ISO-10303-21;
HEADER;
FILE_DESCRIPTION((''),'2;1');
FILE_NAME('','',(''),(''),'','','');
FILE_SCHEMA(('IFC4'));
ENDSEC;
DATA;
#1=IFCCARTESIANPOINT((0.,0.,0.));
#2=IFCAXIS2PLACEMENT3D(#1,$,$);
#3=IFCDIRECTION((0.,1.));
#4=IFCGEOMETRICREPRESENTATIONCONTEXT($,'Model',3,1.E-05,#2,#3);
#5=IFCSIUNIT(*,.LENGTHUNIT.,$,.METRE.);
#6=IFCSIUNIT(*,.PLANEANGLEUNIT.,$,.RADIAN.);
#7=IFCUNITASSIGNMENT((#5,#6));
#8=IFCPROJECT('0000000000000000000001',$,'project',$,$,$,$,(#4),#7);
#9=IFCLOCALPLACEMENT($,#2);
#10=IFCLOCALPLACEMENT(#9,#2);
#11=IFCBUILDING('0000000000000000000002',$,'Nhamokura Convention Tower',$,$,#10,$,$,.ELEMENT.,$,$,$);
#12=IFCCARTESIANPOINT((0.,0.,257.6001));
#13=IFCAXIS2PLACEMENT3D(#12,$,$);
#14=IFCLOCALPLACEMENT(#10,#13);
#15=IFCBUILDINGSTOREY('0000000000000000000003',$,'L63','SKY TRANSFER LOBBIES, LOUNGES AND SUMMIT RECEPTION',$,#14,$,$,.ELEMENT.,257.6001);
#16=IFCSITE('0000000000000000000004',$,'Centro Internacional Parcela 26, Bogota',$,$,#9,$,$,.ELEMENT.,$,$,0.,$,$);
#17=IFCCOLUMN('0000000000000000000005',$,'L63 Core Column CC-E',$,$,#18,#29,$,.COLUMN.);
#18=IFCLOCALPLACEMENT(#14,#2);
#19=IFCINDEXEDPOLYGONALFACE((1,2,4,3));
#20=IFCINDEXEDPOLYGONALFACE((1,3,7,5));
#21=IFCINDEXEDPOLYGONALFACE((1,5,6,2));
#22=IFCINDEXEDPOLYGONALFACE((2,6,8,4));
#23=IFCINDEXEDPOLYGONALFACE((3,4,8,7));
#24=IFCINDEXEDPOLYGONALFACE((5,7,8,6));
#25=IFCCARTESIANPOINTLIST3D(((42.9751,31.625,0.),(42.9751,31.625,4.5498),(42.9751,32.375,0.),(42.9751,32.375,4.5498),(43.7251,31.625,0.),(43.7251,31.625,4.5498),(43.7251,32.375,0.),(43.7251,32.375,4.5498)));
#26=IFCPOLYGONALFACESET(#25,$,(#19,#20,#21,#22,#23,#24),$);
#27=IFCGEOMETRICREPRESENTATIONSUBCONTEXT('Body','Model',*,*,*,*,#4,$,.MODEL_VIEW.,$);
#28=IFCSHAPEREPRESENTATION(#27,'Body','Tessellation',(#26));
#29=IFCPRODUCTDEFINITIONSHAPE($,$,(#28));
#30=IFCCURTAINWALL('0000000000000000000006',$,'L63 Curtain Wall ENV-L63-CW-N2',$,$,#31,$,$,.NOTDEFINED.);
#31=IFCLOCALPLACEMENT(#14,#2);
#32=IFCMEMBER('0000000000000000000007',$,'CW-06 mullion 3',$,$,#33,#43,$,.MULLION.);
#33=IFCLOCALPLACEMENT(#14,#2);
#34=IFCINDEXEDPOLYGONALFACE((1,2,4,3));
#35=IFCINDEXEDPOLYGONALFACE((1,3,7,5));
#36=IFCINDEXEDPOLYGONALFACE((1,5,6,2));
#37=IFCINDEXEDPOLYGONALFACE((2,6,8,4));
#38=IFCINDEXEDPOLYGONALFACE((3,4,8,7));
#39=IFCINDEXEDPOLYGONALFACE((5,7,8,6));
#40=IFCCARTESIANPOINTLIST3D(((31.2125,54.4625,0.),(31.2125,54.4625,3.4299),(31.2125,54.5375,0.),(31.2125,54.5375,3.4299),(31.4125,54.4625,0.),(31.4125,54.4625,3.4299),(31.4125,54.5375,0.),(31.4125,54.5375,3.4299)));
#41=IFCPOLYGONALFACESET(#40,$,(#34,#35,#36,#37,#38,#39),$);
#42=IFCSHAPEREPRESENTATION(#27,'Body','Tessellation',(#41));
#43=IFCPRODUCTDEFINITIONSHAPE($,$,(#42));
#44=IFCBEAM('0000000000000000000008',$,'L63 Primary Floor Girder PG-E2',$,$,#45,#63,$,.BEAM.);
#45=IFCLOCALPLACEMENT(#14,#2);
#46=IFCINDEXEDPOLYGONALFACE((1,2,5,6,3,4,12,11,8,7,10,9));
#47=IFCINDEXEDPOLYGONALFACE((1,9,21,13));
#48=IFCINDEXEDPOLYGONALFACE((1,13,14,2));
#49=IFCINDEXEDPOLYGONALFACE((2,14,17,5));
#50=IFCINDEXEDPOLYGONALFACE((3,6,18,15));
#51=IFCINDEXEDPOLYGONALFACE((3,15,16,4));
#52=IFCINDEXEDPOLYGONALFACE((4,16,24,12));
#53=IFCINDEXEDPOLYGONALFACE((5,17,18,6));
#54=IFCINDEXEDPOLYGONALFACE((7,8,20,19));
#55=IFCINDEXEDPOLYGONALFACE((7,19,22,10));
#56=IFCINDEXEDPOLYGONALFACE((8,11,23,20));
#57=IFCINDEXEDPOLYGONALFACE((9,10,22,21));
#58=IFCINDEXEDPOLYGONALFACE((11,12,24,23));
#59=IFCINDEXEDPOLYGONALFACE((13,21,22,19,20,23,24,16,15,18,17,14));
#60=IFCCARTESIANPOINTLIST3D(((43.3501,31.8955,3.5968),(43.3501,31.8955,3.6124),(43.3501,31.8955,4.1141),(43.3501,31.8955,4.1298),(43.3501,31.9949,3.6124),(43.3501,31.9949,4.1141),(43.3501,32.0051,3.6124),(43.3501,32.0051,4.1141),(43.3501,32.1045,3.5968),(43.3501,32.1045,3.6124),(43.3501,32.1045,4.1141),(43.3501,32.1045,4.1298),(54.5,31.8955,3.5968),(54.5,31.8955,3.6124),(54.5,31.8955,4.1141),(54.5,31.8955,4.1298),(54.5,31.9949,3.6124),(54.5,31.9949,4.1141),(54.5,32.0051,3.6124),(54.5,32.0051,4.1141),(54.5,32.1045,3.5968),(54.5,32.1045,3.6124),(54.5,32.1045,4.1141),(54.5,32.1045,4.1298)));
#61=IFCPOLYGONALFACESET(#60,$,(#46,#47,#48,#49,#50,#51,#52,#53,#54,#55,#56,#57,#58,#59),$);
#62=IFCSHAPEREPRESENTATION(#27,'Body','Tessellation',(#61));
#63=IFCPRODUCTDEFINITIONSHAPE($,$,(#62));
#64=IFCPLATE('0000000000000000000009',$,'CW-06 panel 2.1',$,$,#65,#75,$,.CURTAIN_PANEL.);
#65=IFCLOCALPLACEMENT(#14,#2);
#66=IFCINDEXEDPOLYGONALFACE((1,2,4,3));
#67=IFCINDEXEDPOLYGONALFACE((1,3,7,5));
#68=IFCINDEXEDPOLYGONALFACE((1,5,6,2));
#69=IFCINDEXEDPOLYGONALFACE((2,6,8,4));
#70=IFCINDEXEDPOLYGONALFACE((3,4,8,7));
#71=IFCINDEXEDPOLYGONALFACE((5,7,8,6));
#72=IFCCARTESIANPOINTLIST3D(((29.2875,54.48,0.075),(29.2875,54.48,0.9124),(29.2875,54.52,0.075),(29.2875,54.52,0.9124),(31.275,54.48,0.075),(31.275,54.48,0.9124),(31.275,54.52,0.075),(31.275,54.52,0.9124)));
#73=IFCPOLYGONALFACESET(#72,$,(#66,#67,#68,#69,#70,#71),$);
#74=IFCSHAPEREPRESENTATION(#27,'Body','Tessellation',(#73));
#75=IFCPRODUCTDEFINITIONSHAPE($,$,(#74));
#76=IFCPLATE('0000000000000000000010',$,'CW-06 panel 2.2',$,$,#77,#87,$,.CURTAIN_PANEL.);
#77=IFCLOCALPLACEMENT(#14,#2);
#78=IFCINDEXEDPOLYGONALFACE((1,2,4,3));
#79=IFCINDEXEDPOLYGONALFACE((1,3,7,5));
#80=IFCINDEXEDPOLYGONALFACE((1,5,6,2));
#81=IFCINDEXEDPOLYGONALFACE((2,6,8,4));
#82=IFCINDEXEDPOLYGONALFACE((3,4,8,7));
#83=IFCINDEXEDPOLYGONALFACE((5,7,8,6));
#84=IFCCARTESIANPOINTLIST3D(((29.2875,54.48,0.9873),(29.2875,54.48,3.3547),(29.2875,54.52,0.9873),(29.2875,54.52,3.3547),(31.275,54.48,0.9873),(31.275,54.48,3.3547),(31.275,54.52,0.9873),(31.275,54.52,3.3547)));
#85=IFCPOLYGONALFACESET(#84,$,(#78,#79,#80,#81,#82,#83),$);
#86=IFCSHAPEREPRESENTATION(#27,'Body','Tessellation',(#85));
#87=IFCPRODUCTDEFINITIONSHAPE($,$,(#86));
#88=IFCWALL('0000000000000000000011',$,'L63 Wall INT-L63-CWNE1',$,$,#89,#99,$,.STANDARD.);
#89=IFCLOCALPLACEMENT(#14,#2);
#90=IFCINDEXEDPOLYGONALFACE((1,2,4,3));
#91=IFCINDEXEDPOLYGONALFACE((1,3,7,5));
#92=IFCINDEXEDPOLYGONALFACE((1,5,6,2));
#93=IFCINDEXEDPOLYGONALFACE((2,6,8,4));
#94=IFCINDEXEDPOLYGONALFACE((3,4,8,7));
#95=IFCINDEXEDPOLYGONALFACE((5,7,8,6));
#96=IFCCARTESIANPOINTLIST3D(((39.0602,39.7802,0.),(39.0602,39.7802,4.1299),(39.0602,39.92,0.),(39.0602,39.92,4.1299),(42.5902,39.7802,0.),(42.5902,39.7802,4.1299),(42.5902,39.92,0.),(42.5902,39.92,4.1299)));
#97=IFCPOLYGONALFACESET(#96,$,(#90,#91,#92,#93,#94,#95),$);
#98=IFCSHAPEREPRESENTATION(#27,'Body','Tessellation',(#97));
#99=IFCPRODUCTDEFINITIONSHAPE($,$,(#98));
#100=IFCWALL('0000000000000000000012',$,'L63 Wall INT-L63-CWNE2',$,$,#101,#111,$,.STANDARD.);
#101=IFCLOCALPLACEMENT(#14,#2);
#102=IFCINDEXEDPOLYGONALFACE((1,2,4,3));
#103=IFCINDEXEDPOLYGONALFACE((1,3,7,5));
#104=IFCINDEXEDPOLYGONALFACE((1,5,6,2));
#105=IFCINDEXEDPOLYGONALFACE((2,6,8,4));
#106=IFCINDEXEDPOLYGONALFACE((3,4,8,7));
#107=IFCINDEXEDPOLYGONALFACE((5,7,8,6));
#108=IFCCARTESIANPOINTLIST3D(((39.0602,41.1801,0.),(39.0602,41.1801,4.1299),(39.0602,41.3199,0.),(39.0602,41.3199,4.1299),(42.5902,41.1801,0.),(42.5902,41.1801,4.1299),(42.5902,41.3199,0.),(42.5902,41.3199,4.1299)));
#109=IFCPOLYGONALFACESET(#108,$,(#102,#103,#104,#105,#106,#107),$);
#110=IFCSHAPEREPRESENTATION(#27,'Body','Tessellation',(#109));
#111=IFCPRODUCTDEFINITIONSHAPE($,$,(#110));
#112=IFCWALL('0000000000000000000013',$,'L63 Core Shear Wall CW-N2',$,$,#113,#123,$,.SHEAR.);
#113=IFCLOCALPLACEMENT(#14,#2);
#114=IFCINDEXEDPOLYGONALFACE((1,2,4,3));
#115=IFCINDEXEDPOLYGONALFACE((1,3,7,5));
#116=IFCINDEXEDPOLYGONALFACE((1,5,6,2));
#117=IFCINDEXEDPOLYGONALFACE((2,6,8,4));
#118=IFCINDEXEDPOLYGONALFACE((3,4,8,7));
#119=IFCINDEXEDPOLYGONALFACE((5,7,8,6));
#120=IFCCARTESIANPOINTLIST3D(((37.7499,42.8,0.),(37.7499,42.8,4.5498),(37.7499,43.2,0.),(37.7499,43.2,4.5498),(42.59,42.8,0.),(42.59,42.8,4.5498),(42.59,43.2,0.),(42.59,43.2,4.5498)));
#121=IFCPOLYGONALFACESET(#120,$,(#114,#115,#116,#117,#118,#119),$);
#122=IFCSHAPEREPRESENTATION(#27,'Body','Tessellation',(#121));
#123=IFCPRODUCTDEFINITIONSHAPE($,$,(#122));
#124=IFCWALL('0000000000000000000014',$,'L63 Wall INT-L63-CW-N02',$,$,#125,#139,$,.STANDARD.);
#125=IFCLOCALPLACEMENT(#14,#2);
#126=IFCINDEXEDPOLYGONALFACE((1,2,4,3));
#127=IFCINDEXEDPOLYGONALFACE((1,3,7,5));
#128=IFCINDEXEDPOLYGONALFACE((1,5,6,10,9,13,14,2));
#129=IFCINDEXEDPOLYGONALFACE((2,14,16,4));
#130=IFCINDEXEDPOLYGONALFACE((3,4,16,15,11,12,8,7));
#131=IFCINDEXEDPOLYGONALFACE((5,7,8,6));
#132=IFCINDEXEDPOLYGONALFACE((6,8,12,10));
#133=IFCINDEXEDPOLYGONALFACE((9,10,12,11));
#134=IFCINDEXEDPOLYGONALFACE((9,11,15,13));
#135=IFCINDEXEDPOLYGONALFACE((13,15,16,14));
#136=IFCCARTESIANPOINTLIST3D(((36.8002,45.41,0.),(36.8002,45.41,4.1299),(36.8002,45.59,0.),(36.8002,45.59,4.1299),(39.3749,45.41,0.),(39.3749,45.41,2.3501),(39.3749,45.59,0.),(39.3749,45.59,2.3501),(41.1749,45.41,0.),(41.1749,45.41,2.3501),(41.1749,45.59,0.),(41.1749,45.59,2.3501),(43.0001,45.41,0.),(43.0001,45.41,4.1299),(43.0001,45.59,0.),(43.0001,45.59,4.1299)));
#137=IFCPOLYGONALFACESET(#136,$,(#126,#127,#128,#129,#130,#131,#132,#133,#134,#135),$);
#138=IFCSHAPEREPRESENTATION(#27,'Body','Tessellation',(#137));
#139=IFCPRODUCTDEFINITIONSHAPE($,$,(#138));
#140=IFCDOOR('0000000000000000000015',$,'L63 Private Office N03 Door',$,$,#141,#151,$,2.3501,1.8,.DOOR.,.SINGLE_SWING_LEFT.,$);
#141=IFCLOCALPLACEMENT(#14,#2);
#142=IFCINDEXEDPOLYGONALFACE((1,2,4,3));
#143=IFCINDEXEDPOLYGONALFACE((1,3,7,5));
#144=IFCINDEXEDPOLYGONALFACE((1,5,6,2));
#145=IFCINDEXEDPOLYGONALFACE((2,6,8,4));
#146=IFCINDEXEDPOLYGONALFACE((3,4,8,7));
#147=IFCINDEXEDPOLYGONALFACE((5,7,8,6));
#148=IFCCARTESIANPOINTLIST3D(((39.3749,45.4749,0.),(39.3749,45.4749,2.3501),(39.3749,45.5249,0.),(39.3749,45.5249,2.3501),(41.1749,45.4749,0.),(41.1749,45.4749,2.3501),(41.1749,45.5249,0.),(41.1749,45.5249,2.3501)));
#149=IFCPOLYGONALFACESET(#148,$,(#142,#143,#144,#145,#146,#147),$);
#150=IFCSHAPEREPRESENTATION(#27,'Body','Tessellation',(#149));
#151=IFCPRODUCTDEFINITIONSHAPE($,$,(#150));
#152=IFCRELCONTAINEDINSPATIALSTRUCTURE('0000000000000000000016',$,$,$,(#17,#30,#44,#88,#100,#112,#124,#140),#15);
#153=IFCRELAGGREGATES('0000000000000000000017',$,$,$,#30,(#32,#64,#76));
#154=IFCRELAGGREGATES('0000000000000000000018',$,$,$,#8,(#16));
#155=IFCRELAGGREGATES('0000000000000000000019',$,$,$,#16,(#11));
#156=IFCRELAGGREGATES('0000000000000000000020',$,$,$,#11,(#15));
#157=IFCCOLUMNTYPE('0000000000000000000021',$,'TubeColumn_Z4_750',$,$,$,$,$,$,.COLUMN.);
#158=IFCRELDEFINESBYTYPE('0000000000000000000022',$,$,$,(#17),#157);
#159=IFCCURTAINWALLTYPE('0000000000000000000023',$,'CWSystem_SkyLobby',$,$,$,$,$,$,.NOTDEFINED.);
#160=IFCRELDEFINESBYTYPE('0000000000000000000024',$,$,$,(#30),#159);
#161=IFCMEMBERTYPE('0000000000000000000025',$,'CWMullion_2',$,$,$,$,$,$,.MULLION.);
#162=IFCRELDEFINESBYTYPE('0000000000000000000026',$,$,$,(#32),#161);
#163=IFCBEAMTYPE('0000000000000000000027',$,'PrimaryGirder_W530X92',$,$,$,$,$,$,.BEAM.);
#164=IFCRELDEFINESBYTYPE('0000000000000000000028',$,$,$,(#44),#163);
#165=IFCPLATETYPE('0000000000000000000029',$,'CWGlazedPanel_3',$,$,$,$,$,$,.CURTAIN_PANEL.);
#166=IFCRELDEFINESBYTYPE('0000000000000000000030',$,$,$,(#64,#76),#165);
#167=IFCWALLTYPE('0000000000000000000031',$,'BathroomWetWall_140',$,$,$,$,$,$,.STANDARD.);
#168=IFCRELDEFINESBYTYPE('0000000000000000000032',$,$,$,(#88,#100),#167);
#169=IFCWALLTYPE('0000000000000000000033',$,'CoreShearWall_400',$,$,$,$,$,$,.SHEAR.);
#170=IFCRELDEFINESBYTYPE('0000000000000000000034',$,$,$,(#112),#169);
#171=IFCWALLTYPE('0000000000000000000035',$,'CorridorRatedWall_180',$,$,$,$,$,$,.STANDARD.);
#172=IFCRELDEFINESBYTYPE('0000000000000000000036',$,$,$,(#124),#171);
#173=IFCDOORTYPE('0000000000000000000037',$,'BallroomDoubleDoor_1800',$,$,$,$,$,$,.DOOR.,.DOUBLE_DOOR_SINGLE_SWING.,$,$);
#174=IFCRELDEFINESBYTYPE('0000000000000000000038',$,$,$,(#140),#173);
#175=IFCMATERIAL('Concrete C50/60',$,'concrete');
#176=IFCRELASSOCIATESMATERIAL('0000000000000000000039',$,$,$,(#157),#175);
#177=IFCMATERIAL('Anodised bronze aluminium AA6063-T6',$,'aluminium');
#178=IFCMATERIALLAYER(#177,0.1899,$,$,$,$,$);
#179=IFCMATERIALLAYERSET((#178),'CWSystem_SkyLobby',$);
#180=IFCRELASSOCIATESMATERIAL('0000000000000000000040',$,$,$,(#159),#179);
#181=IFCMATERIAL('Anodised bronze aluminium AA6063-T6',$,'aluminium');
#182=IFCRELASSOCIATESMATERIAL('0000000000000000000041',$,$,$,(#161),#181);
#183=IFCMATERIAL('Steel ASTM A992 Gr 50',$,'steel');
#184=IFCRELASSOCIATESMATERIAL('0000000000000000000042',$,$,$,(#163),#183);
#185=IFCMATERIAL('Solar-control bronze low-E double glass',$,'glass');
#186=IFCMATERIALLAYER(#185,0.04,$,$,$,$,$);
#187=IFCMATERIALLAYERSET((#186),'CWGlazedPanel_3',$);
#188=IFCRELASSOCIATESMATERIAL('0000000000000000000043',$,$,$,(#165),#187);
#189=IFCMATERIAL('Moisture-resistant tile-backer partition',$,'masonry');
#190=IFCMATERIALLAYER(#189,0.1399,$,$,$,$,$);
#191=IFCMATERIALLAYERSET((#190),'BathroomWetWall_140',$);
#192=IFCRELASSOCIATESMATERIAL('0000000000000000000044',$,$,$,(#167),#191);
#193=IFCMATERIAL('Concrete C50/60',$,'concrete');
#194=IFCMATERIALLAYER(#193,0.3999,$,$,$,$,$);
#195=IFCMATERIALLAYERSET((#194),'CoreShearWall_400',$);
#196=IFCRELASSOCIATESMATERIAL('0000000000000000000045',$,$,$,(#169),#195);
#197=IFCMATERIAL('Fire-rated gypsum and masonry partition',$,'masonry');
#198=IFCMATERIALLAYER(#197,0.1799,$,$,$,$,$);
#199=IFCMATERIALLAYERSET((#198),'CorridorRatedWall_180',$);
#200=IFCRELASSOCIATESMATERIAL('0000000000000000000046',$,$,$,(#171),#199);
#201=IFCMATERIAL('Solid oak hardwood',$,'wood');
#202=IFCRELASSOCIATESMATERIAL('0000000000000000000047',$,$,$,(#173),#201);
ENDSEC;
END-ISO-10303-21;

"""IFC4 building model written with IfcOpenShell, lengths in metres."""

from ifc_helpers import new_model, si_unit, direction, frame, frame_2d, origin, origin_2d, place, context, subcontext, project, spatial, rectangle, i_section, extrude, material, layer, layer_set, material_profile, profile_set, type_object, element, fill, aggregate, save


model = new_model("IFC4")

# Units and contexts
model_context = context("Model", 3, precision=1e-05, world=origin(), true_north=direction((0.0, 1.0)))
body_context = subcontext(model_context, "Body", "Model", "MODEL_VIEW")
ifc_project = project(units=[si_unit("LENGTHUNIT", "METRE"), si_unit("PLANEANGLEUNIT", "RADIAN")], contexts=[model_context])

# Site, building, storey
site_placement = place(None, origin())
site = spatial("IfcSite", under=ifc_project, at=site_placement, Name="Centro Internacional Parcela 26, Bogota", CompositionType="ELEMENT", RefElevation=0.0)
building_placement = place(site_placement, origin())
building = spatial("IfcBuilding", under=site, at=building_placement, Name="Nhamokura Convention Tower", CompositionType="ELEMENT")
storey_placement = place(building_placement, frame((0.0, 0.0, 257.6001)))
storey = spatial("IfcBuildingStorey", under=building, at=storey_placement, Name="L63", Description="SKY TRANSFER LOBBIES, LOUNGES AND SUMMIT RECEPTION", CompositionType="ELEMENT", Elevation=257.6001)

# Column
ifc_material_1 = material(Name="Concrete C50/60", Category="concrete")
ifc_material_profile_1 = material_profile(ifc_material_1, rectangle(XDim=0.75, YDim=0.75, at=origin_2d()))
ifc_profile_set_1 = profile_set([ifc_material_profile_1], Name="Concrete C50/60")
column_type = type_object("IfcColumnType", Name="TubeColumn_Z4_750", PredefinedType="COLUMN", material=ifc_profile_set_1)
column_placement = place(storey_placement, frame((43.3501, 32.0, 0.0), z_axis=(0.0, 0.0, 1.0), x_axis=(1.0, 0.0, 0.0)))
element("IfcColumn", 1, at=column_placement, inside=storey, type_object=column_type, Name="L63 Core Column CC-E", PredefinedType="COLUMN", context=body_context, shape_type="SweptSolid", body=[
    extrude(rectangle(XDim=0.75, YDim=0.75, at=origin_2d()), origin(), (0.0, 0.0, 1.0), 4.5498),
])

# Curtain wall, member
ifc_material_2 = material(Name="Anodised bronze aluminium AA6063-T6", Category="aluminium")
ifc_layer_1 = layer(ifc_material_2, 0.1899)
ifc_layer_set_1 = layer_set([ifc_layer_1], Name="CWSystem_SkyLobby")
curtain_wall_type = type_object("IfcCurtainWallType", Name="CWSystem_SkyLobby", PredefinedType="NOTDEFINED", material=ifc_layer_set_1)
curtain_wall_placement = place(storey_placement, origin())
curtain_wall = element("IfcCurtainWall", 2, at=curtain_wall_placement, inside=storey, type_object=curtain_wall_type, Name="L63 Curtain Wall ENV-L63-CW-N2", PredefinedType="NOTDEFINED")
ifc_material_3 = material(Name="Anodised bronze aluminium AA6063-T6", Category="aluminium")
ifc_material_profile_2 = material_profile(ifc_material_3, rectangle(XDim=0.075, YDim=0.2, at=origin_2d()))
ifc_profile_set_2 = profile_set([ifc_material_profile_2], Name="Anodised bronze aluminium AA6063-T6")
member_type = type_object("IfcMemberType", Name="CWMullion_2", PredefinedType="MULLION", material=ifc_profile_set_2)
member_placement = place(storey_placement, frame((31.3125, 54.5, 0.0), z_axis=(0.0, 0.0, 1.0), x_axis=(0.0, 1.0, 0.0)))
member = element("IfcMember", 3, at=member_placement, type_object=member_type, Name="CW-06 mullion 3", PredefinedType="MULLION", context=body_context, shape_type="SweptSolid", body=[
    extrude(rectangle(XDim=0.075, YDim=0.2, at=origin_2d()), origin(), (0.0, 0.0, 1.0), 3.4299),
])

# Beam
ifc_material_4 = material(Name="Steel ASTM A992 Gr 50", Category="steel")
ifc_material_profile_3 = material_profile(ifc_material_4, i_section(OverallWidth=0.209, OverallDepth=0.533, WebThickness=0.0103, FlangeThickness=0.0156, at=origin_2d()))
ifc_profile_set_3 = profile_set([ifc_material_profile_3], Name="Steel ASTM A992 Gr 50")
beam_type = type_object("IfcBeamType", Name="PrimaryGirder_W530X92", PredefinedType="BEAM", material=ifc_profile_set_3)
beam_placement = place(storey_placement, frame((43.3501, 32.0, 3.8633), z_axis=(1.0, 0.0, 0.0), x_axis=(0.0, 1.0, 0.0)))
element("IfcBeam", 4, at=beam_placement, inside=storey, type_object=beam_type, Name="L63 Primary Floor Girder PG-E2", PredefinedType="BEAM", context=body_context, shape_type="SweptSolid", body=[
    extrude(i_section(OverallWidth=0.209, OverallDepth=0.533, WebThickness=0.0103, FlangeThickness=0.0156, at=origin_2d()), origin(), (0.0, 0.0, 1.0), 11.1499),
])

# Plates
ifc_material_5 = material(Name="Solar-control bronze low-E double glass", Category="glass")
ifc_layer_2 = layer(ifc_material_5, 0.04)
ifc_layer_set_2 = layer_set([ifc_layer_2], Name="CWGlazedPanel_3")
plate_type = type_object("IfcPlateType", Name="CWGlazedPanel_3", PredefinedType="CURTAIN_PANEL", material=ifc_layer_set_2)
plate_1_placement = place(storey_placement, frame((30.2812, 54.5, 0.075), z_axis=(0.0, 0.0, 1.0), x_axis=(1.0, 0.0, 0.0)))
plate_1 = element("IfcPlate", 5, at=plate_1_placement, type_object=plate_type, Name="CW-06 panel 2.1", PredefinedType="CURTAIN_PANEL", context=body_context, shape_type="SweptSolid", body=[
    extrude(rectangle(XDim=1.9875, YDim=0.04, at=origin_2d()), origin(), (0.0, 0.0, 1.0), 0.8374),
])
plate_2_placement = place(storey_placement, frame((30.2812, 54.5, 0.9873), z_axis=(0.0, 0.0, 1.0), x_axis=(1.0, 0.0, 0.0)))
plate_2 = element("IfcPlate", 6, at=plate_2_placement, type_object=plate_type, Name="CW-06 panel 2.2", PredefinedType="CURTAIN_PANEL", context=body_context, shape_type="SweptSolid", body=[
    extrude(rectangle(XDim=1.9875, YDim=0.04, at=origin_2d()), origin(), (0.0, 0.0, 1.0), 2.3674),
])
aggregate(curtain_wall, [member, plate_1, plate_2])

# Walls
ifc_material_6 = material(Name="Moisture-resistant tile-backer partition", Category="masonry")
ifc_layer_3 = layer(ifc_material_6, 0.1399)
ifc_layer_set_3 = layer_set([ifc_layer_3], Name="BathroomWetWall_140")
wall_type_1 = type_object("IfcWallType", Name="BathroomWetWall_140", PredefinedType="STANDARD", material=ifc_layer_set_3)
for number, where, z_axis, x_axis, name in (
    (7, (39.0601, 39.8501, 0.0), (0.0, 0.0, 1.0), (1.0, 0.0, 0.0), "L63 Wall INT-L63-CWNE1"),
    (8, (39.0601, 41.25, 0.0), (0.0, 0.0, 1.0), (1.0, 0.0, 0.0), "L63 Wall INT-L63-CWNE2"),
):
    element("IfcWall", number, at=place(storey_placement, frame(where, z_axis=z_axis, x_axis=x_axis)), inside=storey, type_object=wall_type_1, Name=name, PredefinedType="STANDARD", context=body_context, shape_type="SweptSolid", body=[
        extrude(rectangle(XDim=3.53, YDim=0.1399, at=frame_2d((1.7651, 0.0))), origin(), (0.0, 0.0, 1.0), 4.1299),
    ])
ifc_material_7 = material(Name="Concrete C50/60", Category="concrete")
ifc_layer_4 = layer(ifc_material_7, 0.3999)
ifc_layer_set_4 = layer_set([ifc_layer_4], Name="CoreShearWall_400")
wall_type_2 = type_object("IfcWallType", Name="CoreShearWall_400", PredefinedType="SHEAR", material=ifc_layer_set_4)
wall_1_placement = place(storey_placement, frame((37.75, 43.0, 0.0), z_axis=(0.0, 0.0, 1.0), x_axis=(1.0, 0.0, 0.0)))
element("IfcWall", 9, at=wall_1_placement, inside=storey, type_object=wall_type_2, Name="L63 Core Shear Wall CW-N2", PredefinedType="SHEAR", context=body_context, shape_type="SweptSolid", body=[
    extrude(rectangle(XDim=4.8401, YDim=0.3999, at=frame_2d((2.4199, 0.0))), origin(), (0.0, 0.0, 1.0), 4.5498),
])

# Wall, opening, door
ifc_material_8 = material(Name="Fire-rated gypsum and masonry partition", Category="masonry")
ifc_layer_5 = layer(ifc_material_8, 0.1799)
ifc_layer_set_5 = layer_set([ifc_layer_5], Name="CorridorRatedWall_180")
wall_type_3 = type_object("IfcWallType", Name="CorridorRatedWall_180", PredefinedType="STANDARD", material=ifc_layer_set_5)
wall_2_placement = place(storey_placement, frame((36.8, 45.5, 0.0), z_axis=(0.0, 0.0, 1.0), x_axis=(1.0, 0.0, 0.0)))
wall_2 = element("IfcWall", 10, at=wall_2_placement, inside=storey, type_object=wall_type_3, Name="L63 Wall INT-L63-CW-N02", PredefinedType="STANDARD", context=body_context, shape_type="SweptSolid", body=[
    extrude(rectangle(XDim=6.2, YDim=0.1799, at=frame_2d((3.1001, 0.0))), origin(), (0.0, 0.0, 1.0), 4.1299),
])
opening_1_placement = place(wall_2_placement, frame((2.575, 0.0, 0.0)))
opening_1 = element("IfcOpeningElement", 11, at=opening_1_placement, cuts=wall_2, PredefinedType="OPENING", context=body_context, shape_type="SweptSolid", body=[
    extrude(rectangle(XDim=1.8, YDim=2.3501, at=frame_2d((0.8999, 1.175))), frame((0.0, 0.0999, 0.0), z_axis=(0.0, -1.0, 0.0), x_axis=(1.0, 0.0, 0.0)), (0.0, 0.0, 1.0), 0.2),
])
ifc_material_9 = material(Name="Solid oak hardwood", Category="wood")
door_type_1 = type_object("IfcDoorType", Name="BallroomDoubleDoor_1800", OperationType="DOUBLE_DOOR_SINGLE_SWING", PredefinedType="DOOR", material=ifc_material_9)
door_1_placement = place(opening_1_placement, origin())
door_1 = element("IfcDoor", 12, at=door_1_placement, inside=storey, type_object=door_type_1, Name="L63 Private Office N03 Door", OperationType="SINGLE_SWING_LEFT", OverallHeight=2.3501, OverallWidth=1.8, PredefinedType="DOOR", context=body_context, shape_type="SweptSolid", body=[
    extrude(rectangle(XDim=1.8, YDim=2.3501, at=frame_2d((0.8999, 1.175))), frame((0.0, 0.0249, 0.0), z_axis=(0.0, -1.0, 0.0), x_axis=(1.0, 0.0, 0.0)), (0.0, 0.0, 1.0), 0.05),
])
fill(opening_1, door_1)

save(model, "model.ifc")
